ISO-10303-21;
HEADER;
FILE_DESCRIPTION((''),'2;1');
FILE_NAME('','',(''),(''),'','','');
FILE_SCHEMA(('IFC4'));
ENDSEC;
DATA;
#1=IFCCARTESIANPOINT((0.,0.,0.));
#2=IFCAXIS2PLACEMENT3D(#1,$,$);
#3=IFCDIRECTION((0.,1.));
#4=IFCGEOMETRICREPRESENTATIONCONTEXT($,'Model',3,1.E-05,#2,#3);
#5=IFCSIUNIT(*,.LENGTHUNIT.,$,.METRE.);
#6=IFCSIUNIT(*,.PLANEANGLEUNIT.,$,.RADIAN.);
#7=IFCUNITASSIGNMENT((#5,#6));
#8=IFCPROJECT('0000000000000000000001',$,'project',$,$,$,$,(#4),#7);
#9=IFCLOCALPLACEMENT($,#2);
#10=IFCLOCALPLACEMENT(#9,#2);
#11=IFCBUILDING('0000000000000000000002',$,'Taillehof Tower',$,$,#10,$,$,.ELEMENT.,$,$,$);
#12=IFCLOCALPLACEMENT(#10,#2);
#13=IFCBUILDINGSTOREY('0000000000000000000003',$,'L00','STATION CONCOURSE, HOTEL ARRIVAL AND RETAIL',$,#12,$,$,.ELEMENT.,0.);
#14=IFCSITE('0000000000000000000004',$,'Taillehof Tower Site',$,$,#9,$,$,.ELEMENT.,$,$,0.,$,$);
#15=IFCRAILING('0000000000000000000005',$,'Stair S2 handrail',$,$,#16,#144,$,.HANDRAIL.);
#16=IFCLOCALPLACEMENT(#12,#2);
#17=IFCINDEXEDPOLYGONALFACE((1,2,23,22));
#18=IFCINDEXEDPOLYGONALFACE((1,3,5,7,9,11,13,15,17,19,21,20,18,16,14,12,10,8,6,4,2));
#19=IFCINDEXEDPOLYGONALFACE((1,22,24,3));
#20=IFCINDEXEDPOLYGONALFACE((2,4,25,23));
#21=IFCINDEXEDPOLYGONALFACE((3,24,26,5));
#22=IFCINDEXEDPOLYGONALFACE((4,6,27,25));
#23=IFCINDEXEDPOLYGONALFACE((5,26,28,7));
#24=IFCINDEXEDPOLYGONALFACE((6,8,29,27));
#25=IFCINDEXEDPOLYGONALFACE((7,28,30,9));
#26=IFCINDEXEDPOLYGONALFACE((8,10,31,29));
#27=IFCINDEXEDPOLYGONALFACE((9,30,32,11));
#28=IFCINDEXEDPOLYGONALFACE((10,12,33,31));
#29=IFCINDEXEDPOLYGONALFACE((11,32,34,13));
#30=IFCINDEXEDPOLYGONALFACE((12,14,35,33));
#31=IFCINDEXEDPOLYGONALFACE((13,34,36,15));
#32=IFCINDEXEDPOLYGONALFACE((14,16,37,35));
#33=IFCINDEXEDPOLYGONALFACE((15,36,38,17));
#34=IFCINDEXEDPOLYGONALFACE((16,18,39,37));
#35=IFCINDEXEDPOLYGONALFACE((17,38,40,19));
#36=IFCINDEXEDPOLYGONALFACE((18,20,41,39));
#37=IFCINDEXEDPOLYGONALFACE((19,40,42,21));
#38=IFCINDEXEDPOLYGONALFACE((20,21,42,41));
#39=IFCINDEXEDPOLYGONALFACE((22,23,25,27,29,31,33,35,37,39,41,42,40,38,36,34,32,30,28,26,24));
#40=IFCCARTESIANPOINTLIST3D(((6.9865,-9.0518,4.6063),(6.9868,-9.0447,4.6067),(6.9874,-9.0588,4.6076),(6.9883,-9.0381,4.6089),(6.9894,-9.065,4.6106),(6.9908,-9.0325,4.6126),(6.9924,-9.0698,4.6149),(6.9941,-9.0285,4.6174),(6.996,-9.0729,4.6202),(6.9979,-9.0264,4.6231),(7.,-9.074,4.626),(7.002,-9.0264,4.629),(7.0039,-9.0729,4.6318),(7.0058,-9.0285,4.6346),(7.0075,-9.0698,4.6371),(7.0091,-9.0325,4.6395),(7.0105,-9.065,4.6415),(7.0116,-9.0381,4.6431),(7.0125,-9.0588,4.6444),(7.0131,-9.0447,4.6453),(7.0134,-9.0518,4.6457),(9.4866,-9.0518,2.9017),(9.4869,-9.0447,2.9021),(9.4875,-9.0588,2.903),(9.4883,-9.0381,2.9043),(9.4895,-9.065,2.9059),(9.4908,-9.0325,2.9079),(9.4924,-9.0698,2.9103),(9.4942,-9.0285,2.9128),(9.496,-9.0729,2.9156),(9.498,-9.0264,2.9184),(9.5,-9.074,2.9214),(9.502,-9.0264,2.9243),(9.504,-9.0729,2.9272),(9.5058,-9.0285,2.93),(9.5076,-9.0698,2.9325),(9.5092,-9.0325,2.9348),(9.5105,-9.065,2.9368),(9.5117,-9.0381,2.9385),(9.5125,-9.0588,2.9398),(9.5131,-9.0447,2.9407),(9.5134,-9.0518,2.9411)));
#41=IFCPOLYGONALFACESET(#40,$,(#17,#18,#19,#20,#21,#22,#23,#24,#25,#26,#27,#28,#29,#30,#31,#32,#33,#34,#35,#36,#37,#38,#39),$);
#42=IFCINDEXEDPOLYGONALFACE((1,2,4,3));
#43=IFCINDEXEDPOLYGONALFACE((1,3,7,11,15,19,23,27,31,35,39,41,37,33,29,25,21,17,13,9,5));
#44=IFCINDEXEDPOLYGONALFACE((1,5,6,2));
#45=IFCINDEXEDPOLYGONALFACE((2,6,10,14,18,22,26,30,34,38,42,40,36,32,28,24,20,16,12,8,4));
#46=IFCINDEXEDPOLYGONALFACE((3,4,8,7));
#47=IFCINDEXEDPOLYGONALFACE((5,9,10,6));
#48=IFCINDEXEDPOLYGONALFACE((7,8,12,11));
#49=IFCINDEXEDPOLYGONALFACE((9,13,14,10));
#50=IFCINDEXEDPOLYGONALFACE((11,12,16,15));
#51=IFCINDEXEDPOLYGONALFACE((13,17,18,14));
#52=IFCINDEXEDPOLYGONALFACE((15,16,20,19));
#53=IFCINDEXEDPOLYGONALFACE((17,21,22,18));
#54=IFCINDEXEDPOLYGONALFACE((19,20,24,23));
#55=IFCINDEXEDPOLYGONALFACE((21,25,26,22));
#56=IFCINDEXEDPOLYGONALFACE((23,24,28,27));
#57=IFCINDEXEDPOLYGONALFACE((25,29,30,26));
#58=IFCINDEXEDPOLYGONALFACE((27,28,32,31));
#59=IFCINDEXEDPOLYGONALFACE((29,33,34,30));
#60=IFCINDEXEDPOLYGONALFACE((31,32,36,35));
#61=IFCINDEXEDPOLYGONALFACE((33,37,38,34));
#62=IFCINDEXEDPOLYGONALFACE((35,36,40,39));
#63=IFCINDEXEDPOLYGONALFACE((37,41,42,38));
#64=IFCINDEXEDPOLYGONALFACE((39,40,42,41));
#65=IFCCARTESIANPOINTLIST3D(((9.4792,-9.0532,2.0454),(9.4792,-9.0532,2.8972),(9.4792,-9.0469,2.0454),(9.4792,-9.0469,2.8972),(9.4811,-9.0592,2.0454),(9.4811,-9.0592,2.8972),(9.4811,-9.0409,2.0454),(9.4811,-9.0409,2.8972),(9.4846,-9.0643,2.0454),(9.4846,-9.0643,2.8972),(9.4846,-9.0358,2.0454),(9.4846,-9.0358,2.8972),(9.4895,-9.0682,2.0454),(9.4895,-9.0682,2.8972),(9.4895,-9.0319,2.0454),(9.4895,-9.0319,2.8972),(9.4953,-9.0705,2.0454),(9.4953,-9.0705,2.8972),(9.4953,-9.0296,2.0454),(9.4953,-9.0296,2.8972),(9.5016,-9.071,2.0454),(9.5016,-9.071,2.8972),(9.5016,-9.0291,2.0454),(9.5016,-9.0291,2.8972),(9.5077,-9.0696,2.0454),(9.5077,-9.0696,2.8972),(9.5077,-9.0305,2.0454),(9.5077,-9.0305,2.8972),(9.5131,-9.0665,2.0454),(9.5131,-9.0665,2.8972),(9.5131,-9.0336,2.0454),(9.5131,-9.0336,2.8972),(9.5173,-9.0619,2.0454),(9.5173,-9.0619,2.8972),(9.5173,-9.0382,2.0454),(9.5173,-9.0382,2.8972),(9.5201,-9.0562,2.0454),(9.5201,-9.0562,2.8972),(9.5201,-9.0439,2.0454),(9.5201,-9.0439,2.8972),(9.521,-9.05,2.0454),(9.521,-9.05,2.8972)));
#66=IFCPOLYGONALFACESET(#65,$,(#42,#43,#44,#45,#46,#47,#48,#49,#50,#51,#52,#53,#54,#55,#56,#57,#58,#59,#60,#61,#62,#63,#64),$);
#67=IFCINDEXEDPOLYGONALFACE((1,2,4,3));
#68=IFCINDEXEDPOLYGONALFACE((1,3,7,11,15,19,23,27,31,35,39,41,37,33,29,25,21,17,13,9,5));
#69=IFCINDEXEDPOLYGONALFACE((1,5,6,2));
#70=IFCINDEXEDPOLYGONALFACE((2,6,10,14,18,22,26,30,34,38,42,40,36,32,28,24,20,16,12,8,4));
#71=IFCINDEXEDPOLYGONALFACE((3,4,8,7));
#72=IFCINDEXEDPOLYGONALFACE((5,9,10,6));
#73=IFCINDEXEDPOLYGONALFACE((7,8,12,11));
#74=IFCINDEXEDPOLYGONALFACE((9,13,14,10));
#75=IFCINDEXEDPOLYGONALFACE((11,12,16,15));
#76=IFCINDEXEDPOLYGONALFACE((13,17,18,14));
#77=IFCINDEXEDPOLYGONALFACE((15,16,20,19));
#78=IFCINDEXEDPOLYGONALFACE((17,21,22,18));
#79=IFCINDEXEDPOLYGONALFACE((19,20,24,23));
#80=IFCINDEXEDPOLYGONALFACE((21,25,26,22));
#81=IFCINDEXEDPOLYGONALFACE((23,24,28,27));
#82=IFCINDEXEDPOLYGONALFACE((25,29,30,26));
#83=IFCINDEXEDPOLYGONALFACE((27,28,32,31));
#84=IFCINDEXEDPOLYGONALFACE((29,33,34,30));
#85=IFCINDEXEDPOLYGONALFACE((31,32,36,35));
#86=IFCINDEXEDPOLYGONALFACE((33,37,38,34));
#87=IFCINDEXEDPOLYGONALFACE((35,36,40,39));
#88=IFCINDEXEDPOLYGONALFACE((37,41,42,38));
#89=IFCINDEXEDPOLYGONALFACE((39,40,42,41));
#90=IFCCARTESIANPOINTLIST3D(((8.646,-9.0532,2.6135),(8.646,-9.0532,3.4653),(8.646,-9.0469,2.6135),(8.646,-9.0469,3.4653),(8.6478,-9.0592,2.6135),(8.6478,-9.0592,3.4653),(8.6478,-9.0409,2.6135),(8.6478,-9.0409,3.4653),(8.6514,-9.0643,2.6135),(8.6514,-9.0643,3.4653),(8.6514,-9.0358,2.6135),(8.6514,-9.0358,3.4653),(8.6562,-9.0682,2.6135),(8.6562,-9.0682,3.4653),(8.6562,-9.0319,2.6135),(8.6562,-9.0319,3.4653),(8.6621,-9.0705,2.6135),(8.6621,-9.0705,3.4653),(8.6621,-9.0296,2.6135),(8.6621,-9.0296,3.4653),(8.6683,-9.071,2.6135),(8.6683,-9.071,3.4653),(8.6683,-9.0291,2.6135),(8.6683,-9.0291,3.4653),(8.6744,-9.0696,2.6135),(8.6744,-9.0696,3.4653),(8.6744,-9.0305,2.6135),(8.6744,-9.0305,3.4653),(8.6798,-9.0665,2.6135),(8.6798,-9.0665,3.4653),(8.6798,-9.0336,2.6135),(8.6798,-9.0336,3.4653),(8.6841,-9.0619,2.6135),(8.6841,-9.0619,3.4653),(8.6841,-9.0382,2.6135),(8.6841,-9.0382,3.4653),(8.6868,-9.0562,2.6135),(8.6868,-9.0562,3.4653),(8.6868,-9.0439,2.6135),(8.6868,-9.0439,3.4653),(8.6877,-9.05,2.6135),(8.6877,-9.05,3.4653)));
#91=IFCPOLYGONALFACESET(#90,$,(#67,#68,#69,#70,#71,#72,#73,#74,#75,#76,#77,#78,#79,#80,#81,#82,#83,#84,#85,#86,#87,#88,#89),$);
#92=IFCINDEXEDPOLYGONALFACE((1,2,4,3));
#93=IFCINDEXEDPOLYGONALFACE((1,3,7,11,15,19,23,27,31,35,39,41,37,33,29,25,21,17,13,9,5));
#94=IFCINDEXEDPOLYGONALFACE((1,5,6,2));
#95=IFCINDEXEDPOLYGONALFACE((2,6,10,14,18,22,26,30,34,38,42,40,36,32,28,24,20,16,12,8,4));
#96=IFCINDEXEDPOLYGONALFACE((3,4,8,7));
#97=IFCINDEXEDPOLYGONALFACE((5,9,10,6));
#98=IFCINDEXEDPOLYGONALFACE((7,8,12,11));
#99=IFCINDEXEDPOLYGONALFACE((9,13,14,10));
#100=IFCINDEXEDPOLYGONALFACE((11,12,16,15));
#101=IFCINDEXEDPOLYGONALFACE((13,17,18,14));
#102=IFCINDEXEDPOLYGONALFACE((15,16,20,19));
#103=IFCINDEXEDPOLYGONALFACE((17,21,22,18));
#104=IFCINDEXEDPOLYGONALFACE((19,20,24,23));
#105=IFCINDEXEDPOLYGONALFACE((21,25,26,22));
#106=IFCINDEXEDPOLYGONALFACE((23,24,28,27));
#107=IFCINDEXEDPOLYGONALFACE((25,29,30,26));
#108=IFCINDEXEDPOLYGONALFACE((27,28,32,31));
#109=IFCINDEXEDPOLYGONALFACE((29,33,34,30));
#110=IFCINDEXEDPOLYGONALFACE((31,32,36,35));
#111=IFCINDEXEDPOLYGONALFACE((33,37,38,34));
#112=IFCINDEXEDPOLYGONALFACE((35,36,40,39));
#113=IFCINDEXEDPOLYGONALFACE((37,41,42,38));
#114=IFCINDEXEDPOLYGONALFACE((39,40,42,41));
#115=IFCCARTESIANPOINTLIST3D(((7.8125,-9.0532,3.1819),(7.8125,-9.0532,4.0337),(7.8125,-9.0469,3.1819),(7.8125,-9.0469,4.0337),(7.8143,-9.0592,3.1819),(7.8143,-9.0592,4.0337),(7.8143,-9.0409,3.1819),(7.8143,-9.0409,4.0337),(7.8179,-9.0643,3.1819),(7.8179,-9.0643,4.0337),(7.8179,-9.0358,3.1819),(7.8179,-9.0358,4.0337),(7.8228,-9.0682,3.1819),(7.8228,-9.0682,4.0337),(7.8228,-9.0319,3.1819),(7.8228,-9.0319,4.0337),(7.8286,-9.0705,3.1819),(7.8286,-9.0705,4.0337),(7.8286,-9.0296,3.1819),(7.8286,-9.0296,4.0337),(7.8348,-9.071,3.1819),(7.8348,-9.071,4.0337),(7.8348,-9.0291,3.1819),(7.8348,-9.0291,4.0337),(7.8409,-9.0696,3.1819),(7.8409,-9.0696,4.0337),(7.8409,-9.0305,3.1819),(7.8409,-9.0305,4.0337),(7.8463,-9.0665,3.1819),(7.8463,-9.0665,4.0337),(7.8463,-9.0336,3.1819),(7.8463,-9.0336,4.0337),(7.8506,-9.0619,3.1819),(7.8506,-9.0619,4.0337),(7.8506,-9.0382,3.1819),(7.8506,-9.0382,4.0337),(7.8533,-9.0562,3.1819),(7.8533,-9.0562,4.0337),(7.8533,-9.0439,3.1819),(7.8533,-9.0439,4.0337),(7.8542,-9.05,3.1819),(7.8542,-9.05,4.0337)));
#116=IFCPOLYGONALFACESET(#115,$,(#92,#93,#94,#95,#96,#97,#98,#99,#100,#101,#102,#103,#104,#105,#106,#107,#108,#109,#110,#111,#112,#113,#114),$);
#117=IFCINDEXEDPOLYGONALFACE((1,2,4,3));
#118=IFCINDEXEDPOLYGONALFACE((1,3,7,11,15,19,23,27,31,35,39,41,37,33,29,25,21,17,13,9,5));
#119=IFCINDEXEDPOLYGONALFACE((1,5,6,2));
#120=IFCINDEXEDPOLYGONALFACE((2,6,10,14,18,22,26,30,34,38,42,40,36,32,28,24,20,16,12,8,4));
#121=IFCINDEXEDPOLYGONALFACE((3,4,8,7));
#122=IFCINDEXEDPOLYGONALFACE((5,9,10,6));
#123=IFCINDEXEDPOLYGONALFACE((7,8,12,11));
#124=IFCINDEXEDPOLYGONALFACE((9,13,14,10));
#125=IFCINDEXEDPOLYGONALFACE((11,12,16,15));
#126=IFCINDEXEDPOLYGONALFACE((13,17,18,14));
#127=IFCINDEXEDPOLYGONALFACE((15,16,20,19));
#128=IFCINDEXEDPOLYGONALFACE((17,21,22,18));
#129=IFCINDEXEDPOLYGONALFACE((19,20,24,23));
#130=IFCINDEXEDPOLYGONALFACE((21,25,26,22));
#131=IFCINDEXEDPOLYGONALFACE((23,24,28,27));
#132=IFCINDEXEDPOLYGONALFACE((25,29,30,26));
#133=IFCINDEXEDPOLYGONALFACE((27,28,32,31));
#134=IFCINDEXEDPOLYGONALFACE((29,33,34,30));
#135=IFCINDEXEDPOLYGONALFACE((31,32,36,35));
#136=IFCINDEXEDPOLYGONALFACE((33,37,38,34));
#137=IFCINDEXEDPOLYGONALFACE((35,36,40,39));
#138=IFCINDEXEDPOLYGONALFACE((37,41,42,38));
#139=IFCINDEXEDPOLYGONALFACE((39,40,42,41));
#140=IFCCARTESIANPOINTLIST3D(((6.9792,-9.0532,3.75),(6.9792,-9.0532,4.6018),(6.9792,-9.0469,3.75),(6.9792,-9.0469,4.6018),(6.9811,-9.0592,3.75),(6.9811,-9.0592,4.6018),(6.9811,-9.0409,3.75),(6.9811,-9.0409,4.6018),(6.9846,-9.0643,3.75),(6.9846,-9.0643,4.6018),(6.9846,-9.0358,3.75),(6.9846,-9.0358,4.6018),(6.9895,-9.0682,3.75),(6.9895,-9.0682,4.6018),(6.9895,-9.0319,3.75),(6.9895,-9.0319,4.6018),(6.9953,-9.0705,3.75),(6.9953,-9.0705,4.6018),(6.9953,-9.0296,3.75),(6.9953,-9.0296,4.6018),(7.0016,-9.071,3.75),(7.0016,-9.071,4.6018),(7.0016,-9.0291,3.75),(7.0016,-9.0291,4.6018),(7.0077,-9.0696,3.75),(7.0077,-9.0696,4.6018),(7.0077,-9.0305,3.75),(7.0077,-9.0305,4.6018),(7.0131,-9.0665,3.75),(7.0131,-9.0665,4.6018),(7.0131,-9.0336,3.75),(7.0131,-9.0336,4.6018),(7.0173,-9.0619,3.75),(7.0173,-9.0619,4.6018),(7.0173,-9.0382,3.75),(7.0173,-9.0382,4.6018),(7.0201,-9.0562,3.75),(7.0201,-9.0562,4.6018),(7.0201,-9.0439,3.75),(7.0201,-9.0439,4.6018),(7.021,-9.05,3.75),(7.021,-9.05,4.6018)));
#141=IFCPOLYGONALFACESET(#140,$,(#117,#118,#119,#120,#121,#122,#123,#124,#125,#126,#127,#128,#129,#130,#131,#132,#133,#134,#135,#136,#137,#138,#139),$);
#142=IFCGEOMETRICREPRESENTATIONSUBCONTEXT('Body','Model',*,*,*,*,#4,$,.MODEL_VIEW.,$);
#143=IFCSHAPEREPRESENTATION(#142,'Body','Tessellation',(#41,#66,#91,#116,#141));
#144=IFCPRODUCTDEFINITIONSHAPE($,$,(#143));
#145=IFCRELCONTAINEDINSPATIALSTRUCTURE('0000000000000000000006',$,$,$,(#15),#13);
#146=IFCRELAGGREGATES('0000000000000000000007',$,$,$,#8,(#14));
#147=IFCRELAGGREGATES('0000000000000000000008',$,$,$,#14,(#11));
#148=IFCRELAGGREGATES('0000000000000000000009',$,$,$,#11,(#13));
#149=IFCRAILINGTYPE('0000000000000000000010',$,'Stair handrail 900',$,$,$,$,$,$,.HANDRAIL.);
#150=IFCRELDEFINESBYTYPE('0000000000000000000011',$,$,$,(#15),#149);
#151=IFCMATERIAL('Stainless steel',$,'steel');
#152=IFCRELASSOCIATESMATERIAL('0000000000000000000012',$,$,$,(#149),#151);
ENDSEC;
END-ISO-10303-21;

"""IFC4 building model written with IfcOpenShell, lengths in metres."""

from ifc_helpers import new_model, si_unit, direction, frame, origin, origin_2d, place, context, subcontext, project, spatial, circle, extrude, material, type_object, element, save


model = new_model("IFC4")

# Units and contexts
model_context = context("Model", 3, precision=1e-05, world=origin(), true_north=direction((0.0, 1.0)))
body_context = subcontext(model_context, "Body", "Model", "MODEL_VIEW")
ifc_project = project(units=[si_unit("LENGTHUNIT", "METRE"), si_unit("PLANEANGLEUNIT", "RADIAN")], contexts=[model_context])

# Site, building, storey
site_placement = place(None, origin())
site = spatial("IfcSite", under=ifc_project, at=site_placement, Name="Taillehof Tower Site", CompositionType="ELEMENT", RefElevation=0.0)
building_placement = place(site_placement, origin())
building = spatial("IfcBuilding", under=site, at=building_placement, Name="Taillehof Tower", CompositionType="ELEMENT")
storey_placement = place(building_placement, origin())
storey = spatial("IfcBuildingStorey", under=building, at=storey_placement, Name="L00", Description="STATION CONCOURSE, HOTEL ARRIVAL AND RETAIL", CompositionType="ELEMENT", Elevation=0.0)

# Railing
ifc_material_1 = material(Name="Stainless steel", Category="steel")
railing_type = type_object("IfcRailingType", Name="Stair handrail 900", PredefinedType="HANDRAIL", material=ifc_material_1)
for number, where, name in (
    (1, (9.5, -9.05, 2.0454), "Stair S2 handrail"),
):
    element("IfcRailing", number, at=place(storey_placement, frame(where)), inside=storey, type_object=railing_type, Name=name, PredefinedType="HANDRAIL", context=body_context, shape_type="SweptSolid", body=[
        extrude(circle(Radius=0.0239, at=origin_2d()), frame((0.0, 0.0, 0.876), z_axis=(-0.826221, 0.0, 0.563347), x_axis=(0.0, -1.0, 0.0)), (0.0, 0.0, 1.0), 3.0259),
        extrude(circle(Radius=0.021, at=origin_2d()), origin(), (0.0, 0.0, 1.0), 0.8518),
        extrude(circle(Radius=0.021, at=origin_2d()), frame((-0.8333, 0.0, 0.5681)), (0.0, 0.0, 1.0), 0.8518),
        extrude(circle(Radius=0.021, at=origin_2d()), frame((-1.6667, 0.0, 1.1365)), (0.0, 0.0, 1.0), 0.8518),
        extrude(circle(Radius=0.021, at=origin_2d()), frame((-2.5, 0.0, 1.7046)), (0.0, 0.0, 1.0), 0.8518),
    ])

save(model, "model.ifc")
